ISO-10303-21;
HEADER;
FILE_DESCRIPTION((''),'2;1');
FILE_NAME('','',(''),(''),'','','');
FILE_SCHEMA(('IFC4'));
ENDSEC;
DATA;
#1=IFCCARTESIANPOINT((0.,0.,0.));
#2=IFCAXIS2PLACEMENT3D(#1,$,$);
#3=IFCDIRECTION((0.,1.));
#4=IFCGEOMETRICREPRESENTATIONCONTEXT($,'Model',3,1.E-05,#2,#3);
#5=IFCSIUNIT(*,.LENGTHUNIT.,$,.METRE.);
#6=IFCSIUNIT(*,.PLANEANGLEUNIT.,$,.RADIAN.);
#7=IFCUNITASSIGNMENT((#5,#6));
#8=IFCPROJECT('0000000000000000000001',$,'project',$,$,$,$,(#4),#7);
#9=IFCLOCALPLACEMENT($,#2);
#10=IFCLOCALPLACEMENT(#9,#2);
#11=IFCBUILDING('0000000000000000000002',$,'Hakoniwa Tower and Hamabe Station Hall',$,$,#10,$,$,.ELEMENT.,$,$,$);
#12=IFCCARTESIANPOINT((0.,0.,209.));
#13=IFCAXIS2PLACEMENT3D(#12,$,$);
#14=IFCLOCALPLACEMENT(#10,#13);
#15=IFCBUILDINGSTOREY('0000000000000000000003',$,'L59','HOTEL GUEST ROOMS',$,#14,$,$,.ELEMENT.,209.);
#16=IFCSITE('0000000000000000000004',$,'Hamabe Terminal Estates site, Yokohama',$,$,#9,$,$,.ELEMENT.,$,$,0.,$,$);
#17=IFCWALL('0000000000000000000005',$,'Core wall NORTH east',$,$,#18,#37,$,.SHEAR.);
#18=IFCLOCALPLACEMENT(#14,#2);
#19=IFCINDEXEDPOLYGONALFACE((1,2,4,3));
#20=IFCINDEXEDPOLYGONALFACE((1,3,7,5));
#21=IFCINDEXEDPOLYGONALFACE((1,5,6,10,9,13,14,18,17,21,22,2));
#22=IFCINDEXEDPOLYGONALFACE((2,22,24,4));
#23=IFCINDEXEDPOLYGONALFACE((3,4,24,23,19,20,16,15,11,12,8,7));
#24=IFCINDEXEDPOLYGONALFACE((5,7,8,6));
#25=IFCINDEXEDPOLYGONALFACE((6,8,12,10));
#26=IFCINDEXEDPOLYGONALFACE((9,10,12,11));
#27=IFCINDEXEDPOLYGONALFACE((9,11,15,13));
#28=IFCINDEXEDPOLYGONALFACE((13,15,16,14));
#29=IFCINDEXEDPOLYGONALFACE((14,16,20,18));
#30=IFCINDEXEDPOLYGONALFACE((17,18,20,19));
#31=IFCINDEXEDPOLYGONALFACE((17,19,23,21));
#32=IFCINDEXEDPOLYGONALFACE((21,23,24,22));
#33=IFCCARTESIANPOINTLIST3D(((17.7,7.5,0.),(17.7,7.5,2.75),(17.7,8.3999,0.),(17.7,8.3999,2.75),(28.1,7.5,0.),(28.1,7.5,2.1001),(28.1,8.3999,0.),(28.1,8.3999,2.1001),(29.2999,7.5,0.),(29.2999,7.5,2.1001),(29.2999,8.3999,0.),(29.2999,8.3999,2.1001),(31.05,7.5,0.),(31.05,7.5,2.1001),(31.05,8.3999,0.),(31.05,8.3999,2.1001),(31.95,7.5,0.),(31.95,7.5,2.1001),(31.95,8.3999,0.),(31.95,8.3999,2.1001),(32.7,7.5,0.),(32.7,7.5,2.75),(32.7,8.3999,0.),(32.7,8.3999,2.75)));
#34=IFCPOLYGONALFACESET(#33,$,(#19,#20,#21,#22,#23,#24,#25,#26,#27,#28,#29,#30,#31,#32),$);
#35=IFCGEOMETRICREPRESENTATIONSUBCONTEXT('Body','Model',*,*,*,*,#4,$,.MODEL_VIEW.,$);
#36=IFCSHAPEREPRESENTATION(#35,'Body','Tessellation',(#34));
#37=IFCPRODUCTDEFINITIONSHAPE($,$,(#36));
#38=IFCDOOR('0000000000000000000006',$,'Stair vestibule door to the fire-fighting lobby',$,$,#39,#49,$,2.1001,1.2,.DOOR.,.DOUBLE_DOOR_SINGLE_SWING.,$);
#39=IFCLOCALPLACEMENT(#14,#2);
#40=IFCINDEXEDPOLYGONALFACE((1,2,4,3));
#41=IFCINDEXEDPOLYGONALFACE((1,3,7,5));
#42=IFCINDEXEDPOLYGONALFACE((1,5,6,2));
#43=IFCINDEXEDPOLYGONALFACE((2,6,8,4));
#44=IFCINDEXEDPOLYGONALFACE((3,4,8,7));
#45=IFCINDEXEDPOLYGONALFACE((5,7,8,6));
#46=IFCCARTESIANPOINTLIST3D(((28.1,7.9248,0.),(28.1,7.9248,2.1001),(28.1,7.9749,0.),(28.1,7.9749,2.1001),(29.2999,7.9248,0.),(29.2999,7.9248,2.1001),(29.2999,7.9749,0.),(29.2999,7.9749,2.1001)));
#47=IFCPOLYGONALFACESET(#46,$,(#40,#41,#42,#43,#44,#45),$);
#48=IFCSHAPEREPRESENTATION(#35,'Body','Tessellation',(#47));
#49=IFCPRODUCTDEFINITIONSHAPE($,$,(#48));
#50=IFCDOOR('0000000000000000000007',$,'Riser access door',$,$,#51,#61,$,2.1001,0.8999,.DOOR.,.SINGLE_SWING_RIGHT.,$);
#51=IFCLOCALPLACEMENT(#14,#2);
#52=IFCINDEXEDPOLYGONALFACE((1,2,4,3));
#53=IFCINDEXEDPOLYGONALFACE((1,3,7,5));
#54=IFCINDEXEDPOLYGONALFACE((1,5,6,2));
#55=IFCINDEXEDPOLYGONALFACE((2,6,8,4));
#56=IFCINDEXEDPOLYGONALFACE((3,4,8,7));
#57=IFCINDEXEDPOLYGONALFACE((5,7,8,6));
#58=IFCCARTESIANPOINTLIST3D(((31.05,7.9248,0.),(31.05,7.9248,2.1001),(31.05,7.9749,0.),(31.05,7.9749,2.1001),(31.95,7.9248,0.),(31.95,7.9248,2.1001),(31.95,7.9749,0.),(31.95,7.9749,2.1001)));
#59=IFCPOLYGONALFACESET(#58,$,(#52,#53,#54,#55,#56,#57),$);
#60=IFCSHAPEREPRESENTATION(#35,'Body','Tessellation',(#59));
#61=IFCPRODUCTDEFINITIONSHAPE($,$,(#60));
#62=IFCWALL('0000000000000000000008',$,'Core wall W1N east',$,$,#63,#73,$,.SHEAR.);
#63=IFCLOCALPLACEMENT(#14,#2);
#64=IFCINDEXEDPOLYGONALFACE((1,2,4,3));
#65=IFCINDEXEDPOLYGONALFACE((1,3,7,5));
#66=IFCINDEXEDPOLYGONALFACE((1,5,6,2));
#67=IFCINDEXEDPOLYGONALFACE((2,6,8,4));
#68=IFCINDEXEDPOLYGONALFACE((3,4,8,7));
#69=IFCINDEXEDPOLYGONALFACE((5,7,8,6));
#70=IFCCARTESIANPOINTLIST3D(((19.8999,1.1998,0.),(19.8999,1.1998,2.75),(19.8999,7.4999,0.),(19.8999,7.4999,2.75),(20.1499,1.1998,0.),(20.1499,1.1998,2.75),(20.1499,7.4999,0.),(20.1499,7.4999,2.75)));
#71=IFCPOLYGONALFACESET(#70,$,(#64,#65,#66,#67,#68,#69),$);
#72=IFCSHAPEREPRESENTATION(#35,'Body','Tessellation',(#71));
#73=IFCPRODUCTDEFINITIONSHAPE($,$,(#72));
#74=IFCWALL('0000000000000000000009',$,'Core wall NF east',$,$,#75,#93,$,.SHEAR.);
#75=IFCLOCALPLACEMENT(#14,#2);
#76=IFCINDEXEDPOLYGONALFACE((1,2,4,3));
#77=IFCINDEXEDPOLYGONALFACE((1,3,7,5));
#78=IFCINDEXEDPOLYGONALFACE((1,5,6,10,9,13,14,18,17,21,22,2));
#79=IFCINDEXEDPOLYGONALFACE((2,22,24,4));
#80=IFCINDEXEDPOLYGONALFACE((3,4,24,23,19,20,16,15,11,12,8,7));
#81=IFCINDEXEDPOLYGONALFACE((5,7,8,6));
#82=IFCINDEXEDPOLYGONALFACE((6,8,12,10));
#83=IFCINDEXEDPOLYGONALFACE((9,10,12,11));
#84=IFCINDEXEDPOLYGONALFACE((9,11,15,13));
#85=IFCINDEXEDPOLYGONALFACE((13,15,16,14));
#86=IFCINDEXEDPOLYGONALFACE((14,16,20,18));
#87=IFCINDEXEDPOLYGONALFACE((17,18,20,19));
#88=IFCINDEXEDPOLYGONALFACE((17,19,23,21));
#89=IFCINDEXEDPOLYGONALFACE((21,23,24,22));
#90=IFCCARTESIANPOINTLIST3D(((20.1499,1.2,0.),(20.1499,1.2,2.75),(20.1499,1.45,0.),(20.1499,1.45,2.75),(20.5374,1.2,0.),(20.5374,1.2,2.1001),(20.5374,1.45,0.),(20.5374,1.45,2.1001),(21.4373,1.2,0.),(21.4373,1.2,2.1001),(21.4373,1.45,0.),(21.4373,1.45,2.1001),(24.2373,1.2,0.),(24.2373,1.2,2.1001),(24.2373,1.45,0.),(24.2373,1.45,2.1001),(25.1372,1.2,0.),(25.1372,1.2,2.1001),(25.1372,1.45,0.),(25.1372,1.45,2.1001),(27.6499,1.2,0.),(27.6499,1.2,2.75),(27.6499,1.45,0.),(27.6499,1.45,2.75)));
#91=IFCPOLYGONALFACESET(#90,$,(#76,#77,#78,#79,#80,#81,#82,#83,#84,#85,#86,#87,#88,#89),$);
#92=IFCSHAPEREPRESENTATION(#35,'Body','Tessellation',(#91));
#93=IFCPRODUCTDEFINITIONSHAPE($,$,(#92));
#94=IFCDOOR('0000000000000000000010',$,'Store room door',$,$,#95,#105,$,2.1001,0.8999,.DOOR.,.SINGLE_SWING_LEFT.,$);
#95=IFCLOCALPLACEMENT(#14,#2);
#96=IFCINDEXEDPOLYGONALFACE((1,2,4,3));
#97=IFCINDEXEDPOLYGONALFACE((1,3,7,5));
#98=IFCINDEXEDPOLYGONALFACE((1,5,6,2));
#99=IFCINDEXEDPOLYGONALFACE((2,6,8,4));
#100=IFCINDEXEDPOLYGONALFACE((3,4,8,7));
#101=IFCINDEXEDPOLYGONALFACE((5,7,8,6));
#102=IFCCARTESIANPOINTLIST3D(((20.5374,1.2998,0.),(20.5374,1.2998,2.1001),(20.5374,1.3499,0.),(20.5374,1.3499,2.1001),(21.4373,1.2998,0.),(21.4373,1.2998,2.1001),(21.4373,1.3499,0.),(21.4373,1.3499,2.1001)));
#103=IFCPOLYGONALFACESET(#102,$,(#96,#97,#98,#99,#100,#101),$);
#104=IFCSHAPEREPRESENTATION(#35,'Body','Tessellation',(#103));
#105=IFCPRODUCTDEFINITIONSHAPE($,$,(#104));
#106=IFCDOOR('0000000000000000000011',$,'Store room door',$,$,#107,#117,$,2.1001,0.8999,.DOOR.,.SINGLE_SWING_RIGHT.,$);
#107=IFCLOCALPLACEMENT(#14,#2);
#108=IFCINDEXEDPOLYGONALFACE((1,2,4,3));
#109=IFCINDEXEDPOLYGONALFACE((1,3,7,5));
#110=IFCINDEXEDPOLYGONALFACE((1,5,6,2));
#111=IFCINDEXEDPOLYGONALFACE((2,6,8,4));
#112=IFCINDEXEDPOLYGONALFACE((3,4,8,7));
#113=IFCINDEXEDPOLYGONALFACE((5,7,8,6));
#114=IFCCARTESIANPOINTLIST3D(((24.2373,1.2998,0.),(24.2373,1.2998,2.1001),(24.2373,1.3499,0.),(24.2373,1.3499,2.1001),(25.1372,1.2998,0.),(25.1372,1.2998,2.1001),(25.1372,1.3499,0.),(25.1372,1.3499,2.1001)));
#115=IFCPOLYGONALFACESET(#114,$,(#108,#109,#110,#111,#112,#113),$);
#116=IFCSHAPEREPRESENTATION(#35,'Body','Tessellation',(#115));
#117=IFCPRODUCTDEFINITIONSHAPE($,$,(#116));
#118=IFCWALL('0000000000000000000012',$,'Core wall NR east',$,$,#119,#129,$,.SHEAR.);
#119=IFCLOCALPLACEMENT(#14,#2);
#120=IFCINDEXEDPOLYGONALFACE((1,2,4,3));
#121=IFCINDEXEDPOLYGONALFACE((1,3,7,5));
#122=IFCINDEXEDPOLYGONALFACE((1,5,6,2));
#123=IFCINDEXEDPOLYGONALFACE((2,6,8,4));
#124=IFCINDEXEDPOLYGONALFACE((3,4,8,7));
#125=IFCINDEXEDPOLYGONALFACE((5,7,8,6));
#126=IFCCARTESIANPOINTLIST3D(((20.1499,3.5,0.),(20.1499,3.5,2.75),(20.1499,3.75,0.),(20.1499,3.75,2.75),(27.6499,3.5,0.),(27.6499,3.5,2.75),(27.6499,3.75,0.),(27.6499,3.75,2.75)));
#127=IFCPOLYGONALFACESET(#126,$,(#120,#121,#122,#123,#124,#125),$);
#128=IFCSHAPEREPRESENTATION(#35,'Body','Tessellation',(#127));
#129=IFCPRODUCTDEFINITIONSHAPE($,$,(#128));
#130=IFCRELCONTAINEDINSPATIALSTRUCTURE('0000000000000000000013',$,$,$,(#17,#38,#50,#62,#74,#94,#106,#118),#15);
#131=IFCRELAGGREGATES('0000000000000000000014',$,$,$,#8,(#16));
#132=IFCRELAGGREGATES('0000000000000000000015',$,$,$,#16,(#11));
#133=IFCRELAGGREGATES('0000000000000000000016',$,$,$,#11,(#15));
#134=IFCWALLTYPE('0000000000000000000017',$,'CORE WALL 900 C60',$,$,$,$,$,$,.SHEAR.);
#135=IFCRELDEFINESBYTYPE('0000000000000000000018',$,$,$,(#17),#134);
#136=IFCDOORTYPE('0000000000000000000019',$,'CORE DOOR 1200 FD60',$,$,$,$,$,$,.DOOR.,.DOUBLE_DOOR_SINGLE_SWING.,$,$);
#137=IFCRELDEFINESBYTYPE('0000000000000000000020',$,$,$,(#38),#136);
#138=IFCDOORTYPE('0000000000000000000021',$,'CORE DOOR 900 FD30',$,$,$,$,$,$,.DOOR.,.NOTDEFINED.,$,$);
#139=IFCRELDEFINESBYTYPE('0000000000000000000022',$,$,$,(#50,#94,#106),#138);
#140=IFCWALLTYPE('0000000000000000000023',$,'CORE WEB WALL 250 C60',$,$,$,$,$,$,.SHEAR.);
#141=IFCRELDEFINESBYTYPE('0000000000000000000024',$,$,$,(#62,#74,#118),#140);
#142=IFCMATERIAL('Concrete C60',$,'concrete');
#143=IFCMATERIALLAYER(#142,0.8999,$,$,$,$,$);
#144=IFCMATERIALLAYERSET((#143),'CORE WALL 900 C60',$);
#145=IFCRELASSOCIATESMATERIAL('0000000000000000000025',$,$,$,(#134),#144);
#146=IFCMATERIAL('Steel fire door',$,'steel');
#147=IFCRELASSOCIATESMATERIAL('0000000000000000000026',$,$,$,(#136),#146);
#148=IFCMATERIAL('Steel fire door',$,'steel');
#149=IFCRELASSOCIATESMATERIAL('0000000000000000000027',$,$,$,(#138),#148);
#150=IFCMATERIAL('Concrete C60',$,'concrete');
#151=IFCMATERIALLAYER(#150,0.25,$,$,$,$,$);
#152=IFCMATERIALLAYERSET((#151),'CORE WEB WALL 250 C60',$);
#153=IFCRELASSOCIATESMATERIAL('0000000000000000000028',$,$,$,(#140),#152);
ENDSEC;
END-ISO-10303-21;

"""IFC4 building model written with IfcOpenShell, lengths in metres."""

from ifc_helpers import new_model, si_unit, direction, frame, frame_2d, origin, place, context, subcontext, project, spatial, rectangle, extrude, material, layer, layer_set, type_object, element, fill, save


model = new_model("IFC4")

# Units and contexts
model_context = context("Model", 3, precision=1e-05, world=origin(), true_north=direction((0.0, 1.0)))
body_context = subcontext(model_context, "Body", "Model", "MODEL_VIEW")
ifc_project = project(units=[si_unit("LENGTHUNIT", "METRE"), si_unit("PLANEANGLEUNIT", "RADIAN")], contexts=[model_context])

# Site, building, storey
site_placement = place(None, origin())
site = spatial("IfcSite", under=ifc_project, at=site_placement, Name="Hamabe Terminal Estates site, Yokohama", CompositionType="ELEMENT", RefElevation=0.0)
building_placement = place(site_placement, origin())
building = spatial("IfcBuilding", under=site, at=building_placement, Name="Hakoniwa Tower and Hamabe Station Hall", CompositionType="ELEMENT")
storey_placement = place(building_placement, frame((0.0, 0.0, 209.0)))
storey = spatial("IfcBuildingStorey", under=building, at=storey_placement, Name="L59", Description="HOTEL GUEST ROOMS", CompositionType="ELEMENT", Elevation=209.0)

# Wall, openings, doors
ifc_material_1 = material(Name="Concrete C60", Category="concrete")
ifc_layer_1 = layer(ifc_material_1, 0.8999)
ifc_layer_set_1 = layer_set([ifc_layer_1], Name="CORE WALL 900 C60")
wall_type_1 = type_object("IfcWallType", Name="CORE WALL 900 C60", PredefinedType="SHEAR", material=ifc_layer_set_1)
wall_1_placement = place(storey_placement, frame((17.7, 7.95, 0.0), z_axis=(0.0, 0.0, 1.0), x_axis=(1.0, 0.0, 0.0)))
wall_1 = element("IfcWall", 1, at=wall_1_placement, inside=storey, type_object=wall_type_1, Name="Core wall NORTH east", PredefinedType="SHEAR", context=body_context, shape_type="SweptSolid", body=[
    extrude(rectangle(XDim=15.0, YDim=0.8999, at=frame_2d((7.5, 0.0))), origin(), (0.0, 0.0, 1.0), 2.75),
])
opening_1_placement = place(wall_1_placement, frame((10.3999, 0.0, 0.0)))
opening_1 = element("IfcOpeningElement", 2, at=opening_1_placement, cuts=wall_1, PredefinedType="OPENING", context=body_context, shape_type="SweptSolid", body=[
    extrude(rectangle(XDim=1.2, YDim=2.1001, at=frame_2d((0.6001, 1.05))), frame((0.0, 0.46, 0.0), z_axis=(0.0, -1.0, 0.0), x_axis=(1.0, 0.0, 0.0)), (0.0, 0.0, 1.0), 0.9199),
])
opening_2_placement = place(wall_1_placement, frame((13.3501, 0.0, 0.0)))
opening_2 = element("IfcOpeningElement", 3, at=opening_2_placement, cuts=wall_1, PredefinedType="OPENING", context=body_context, shape_type="SweptSolid", body=[
    extrude(rectangle(XDim=0.8999, YDim=2.1001, at=frame_2d((0.45, 1.05))), frame((0.0, 0.46, 0.0), z_axis=(0.0, -1.0, 0.0), x_axis=(1.0, 0.0, 0.0)), (0.0, 0.0, 1.0), 0.9199),
])
ifc_material_2 = material(Name="Steel fire door", Category="steel")
door_type_1 = type_object("IfcDoorType", Name="CORE DOOR 1200 FD60", OperationType="DOUBLE_DOOR_SINGLE_SWING", PredefinedType="DOOR", material=ifc_material_2)
door_1_placement = place(opening_1_placement, origin())
door_1 = element("IfcDoor", 4, at=door_1_placement, inside=storey, type_object=door_type_1, Name="Stair vestibule door to the fire-fighting lobby", OperationType="DOUBLE_DOOR_SINGLE_SWING", OverallHeight=2.1001, OverallWidth=1.2, PredefinedType="DOOR", context=body_context, shape_type="SweptSolid", body=[
    extrude(rectangle(XDim=1.2, YDim=2.1001, at=frame_2d((0.6001, 1.05))), frame((0.0, 0.0249, 0.0), z_axis=(0.0, -1.0, 0.0), x_axis=(1.0, 0.0, 0.0)), (0.0, 0.0, 1.0), 0.05),
])
fill(opening_1, door_1)
ifc_material_3 = material(Name="Steel fire door", Category="steel")
door_type_2 = type_object("IfcDoorType", Name="CORE DOOR 900 FD30", OperationType="NOTDEFINED", PredefinedType="DOOR", material=ifc_material_3)
door_2_placement = place(opening_2_placement, origin())
door_2 = element("IfcDoor", 5, at=door_2_placement, inside=storey, type_object=door_type_2, Name="Riser access door", OperationType="SINGLE_SWING_RIGHT", OverallHeight=2.1001, OverallWidth=0.8999, PredefinedType="DOOR", context=body_context, shape_type="SweptSolid", body=[
    extrude(rectangle(XDim=0.8999, YDim=2.1001, at=frame_2d((0.45, 1.05))), frame((0.0, 0.0249, 0.0), z_axis=(0.0, -1.0, 0.0), x_axis=(1.0, 0.0, 0.0)), (0.0, 0.0, 1.0), 0.05),
])
fill(opening_2, door_2)

# Wall
ifc_material_4 = material(Name="Concrete C60", Category="concrete")
ifc_layer_2 = layer(ifc_material_4, 0.25)
ifc_layer_set_2 = layer_set([ifc_layer_2], Name="CORE WEB WALL 250 C60")
wall_type_2 = type_object("IfcWallType", Name="CORE WEB WALL 250 C60", PredefinedType="SHEAR", material=ifc_layer_set_2)
wall_2_placement = place(storey_placement, frame((20.0249, 1.2, 0.0), z_axis=(0.0, 0.0, 1.0), x_axis=(0.0, 1.0, 0.0)))
element("IfcWall", 6, at=wall_2_placement, inside=storey, type_object=wall_type_2, Name="Core wall W1N east", PredefinedType="SHEAR", context=body_context, shape_type="SweptSolid", body=[
    extrude(rectangle(XDim=6.3, YDim=0.25, at=frame_2d((3.1499, 0.0))), origin(), (0.0, 0.0, 1.0), 2.75),
])

# Wall, openings, doors
wall_3_placement = place(storey_placement, frame((20.1499, 1.325, 0.0), z_axis=(0.0, 0.0, 1.0), x_axis=(1.0, 0.0, 0.0)))
wall_3 = element("IfcWall", 7, at=wall_3_placement, inside=storey, type_object=wall_type_2, Name="Core wall NF east", PredefinedType="SHEAR", context=body_context, shape_type="SweptSolid", body=[
    extrude(rectangle(XDim=7.5, YDim=0.25, at=frame_2d((3.75, 0.0))), origin(), (0.0, 0.0, 1.0), 2.75),
])
opening_3_placement = place(wall_3_placement, frame((0.3875, 0.0, 0.0)))
opening_3 = element("IfcOpeningElement", 8, at=opening_3_placement, cuts=wall_3, PredefinedType="OPENING", context=body_context, shape_type="SweptSolid", body=[
    extrude(rectangle(XDim=0.8999, YDim=2.1001, at=frame_2d((0.45, 1.05))), frame((0.0, 0.135, 0.0), z_axis=(0.0, -1.0, 0.0), x_axis=(1.0, 0.0, 0.0)), (0.0, 0.0, 1.0), 0.27),
])
opening_4_placement = place(wall_3_placement, frame((4.0874, 0.0, 0.0)))
opening_4 = element("IfcOpeningElement", 9, at=opening_4_placement, cuts=wall_3, PredefinedType="OPENING", context=body_context, shape_type="SweptSolid", body=[
    extrude(rectangle(XDim=0.8999, YDim=2.1001, at=frame_2d((0.45, 1.05))), frame((0.0, 0.135, 0.0), z_axis=(0.0, -1.0, 0.0), x_axis=(1.0, 0.0, 0.0)), (0.0, 0.0, 1.0), 0.27),
])
door_3_placement = place(opening_3_placement, origin())
door_3 = element("IfcDoor", 10, at=door_3_placement, inside=storey, type_object=door_type_2, Name="Store room door", OperationType="SINGLE_SWING_LEFT", OverallHeight=2.1001, OverallWidth=0.8999, PredefinedType="DOOR", context=body_context, shape_type="SweptSolid", body=[
    extrude(rectangle(XDim=0.8999, YDim=2.1001, at=frame_2d((0.45, 1.05))), frame((0.0, 0.0249, 0.0), z_axis=(0.0, -1.0, 0.0), x_axis=(1.0, 0.0, 0.0)), (0.0, 0.0, 1.0), 0.05),
])
fill(opening_3, door_3)
door_4_placement = place(opening_4_placement, origin())
door_4 = element("IfcDoor", 11, at=door_4_placement, inside=storey, type_object=door_type_2, Name="Store room door", OperationType="SINGLE_SWING_RIGHT", OverallHeight=2.1001, OverallWidth=0.8999, PredefinedType="DOOR", context=body_context, shape_type="SweptSolid", body=[
    extrude(rectangle(XDim=0.8999, YDim=2.1001, at=frame_2d((0.45, 1.05))), frame((0.0, 0.0249, 0.0), z_axis=(0.0, -1.0, 0.0), x_axis=(1.0, 0.0, 0.0)), (0.0, 0.0, 1.0), 0.05),
])
fill(opening_4, door_4)

# Wall
wall_4_placement = place(storey_placement, frame((20.1499, 3.625, 0.0), z_axis=(0.0, 0.0, 1.0), x_axis=(1.0, 0.0, 0.0)))
element("IfcWall", 12, at=wall_4_placement, inside=storey, type_object=wall_type_2, Name="Core wall NR east", PredefinedType="SHEAR", context=body_context, shape_type="SweptSolid", body=[
    extrude(rectangle(XDim=7.5, YDim=0.25, at=frame_2d((3.75, 0.0))), origin(), (0.0, 0.0, 1.0), 2.75),
])

save(model, "model.ifc")
